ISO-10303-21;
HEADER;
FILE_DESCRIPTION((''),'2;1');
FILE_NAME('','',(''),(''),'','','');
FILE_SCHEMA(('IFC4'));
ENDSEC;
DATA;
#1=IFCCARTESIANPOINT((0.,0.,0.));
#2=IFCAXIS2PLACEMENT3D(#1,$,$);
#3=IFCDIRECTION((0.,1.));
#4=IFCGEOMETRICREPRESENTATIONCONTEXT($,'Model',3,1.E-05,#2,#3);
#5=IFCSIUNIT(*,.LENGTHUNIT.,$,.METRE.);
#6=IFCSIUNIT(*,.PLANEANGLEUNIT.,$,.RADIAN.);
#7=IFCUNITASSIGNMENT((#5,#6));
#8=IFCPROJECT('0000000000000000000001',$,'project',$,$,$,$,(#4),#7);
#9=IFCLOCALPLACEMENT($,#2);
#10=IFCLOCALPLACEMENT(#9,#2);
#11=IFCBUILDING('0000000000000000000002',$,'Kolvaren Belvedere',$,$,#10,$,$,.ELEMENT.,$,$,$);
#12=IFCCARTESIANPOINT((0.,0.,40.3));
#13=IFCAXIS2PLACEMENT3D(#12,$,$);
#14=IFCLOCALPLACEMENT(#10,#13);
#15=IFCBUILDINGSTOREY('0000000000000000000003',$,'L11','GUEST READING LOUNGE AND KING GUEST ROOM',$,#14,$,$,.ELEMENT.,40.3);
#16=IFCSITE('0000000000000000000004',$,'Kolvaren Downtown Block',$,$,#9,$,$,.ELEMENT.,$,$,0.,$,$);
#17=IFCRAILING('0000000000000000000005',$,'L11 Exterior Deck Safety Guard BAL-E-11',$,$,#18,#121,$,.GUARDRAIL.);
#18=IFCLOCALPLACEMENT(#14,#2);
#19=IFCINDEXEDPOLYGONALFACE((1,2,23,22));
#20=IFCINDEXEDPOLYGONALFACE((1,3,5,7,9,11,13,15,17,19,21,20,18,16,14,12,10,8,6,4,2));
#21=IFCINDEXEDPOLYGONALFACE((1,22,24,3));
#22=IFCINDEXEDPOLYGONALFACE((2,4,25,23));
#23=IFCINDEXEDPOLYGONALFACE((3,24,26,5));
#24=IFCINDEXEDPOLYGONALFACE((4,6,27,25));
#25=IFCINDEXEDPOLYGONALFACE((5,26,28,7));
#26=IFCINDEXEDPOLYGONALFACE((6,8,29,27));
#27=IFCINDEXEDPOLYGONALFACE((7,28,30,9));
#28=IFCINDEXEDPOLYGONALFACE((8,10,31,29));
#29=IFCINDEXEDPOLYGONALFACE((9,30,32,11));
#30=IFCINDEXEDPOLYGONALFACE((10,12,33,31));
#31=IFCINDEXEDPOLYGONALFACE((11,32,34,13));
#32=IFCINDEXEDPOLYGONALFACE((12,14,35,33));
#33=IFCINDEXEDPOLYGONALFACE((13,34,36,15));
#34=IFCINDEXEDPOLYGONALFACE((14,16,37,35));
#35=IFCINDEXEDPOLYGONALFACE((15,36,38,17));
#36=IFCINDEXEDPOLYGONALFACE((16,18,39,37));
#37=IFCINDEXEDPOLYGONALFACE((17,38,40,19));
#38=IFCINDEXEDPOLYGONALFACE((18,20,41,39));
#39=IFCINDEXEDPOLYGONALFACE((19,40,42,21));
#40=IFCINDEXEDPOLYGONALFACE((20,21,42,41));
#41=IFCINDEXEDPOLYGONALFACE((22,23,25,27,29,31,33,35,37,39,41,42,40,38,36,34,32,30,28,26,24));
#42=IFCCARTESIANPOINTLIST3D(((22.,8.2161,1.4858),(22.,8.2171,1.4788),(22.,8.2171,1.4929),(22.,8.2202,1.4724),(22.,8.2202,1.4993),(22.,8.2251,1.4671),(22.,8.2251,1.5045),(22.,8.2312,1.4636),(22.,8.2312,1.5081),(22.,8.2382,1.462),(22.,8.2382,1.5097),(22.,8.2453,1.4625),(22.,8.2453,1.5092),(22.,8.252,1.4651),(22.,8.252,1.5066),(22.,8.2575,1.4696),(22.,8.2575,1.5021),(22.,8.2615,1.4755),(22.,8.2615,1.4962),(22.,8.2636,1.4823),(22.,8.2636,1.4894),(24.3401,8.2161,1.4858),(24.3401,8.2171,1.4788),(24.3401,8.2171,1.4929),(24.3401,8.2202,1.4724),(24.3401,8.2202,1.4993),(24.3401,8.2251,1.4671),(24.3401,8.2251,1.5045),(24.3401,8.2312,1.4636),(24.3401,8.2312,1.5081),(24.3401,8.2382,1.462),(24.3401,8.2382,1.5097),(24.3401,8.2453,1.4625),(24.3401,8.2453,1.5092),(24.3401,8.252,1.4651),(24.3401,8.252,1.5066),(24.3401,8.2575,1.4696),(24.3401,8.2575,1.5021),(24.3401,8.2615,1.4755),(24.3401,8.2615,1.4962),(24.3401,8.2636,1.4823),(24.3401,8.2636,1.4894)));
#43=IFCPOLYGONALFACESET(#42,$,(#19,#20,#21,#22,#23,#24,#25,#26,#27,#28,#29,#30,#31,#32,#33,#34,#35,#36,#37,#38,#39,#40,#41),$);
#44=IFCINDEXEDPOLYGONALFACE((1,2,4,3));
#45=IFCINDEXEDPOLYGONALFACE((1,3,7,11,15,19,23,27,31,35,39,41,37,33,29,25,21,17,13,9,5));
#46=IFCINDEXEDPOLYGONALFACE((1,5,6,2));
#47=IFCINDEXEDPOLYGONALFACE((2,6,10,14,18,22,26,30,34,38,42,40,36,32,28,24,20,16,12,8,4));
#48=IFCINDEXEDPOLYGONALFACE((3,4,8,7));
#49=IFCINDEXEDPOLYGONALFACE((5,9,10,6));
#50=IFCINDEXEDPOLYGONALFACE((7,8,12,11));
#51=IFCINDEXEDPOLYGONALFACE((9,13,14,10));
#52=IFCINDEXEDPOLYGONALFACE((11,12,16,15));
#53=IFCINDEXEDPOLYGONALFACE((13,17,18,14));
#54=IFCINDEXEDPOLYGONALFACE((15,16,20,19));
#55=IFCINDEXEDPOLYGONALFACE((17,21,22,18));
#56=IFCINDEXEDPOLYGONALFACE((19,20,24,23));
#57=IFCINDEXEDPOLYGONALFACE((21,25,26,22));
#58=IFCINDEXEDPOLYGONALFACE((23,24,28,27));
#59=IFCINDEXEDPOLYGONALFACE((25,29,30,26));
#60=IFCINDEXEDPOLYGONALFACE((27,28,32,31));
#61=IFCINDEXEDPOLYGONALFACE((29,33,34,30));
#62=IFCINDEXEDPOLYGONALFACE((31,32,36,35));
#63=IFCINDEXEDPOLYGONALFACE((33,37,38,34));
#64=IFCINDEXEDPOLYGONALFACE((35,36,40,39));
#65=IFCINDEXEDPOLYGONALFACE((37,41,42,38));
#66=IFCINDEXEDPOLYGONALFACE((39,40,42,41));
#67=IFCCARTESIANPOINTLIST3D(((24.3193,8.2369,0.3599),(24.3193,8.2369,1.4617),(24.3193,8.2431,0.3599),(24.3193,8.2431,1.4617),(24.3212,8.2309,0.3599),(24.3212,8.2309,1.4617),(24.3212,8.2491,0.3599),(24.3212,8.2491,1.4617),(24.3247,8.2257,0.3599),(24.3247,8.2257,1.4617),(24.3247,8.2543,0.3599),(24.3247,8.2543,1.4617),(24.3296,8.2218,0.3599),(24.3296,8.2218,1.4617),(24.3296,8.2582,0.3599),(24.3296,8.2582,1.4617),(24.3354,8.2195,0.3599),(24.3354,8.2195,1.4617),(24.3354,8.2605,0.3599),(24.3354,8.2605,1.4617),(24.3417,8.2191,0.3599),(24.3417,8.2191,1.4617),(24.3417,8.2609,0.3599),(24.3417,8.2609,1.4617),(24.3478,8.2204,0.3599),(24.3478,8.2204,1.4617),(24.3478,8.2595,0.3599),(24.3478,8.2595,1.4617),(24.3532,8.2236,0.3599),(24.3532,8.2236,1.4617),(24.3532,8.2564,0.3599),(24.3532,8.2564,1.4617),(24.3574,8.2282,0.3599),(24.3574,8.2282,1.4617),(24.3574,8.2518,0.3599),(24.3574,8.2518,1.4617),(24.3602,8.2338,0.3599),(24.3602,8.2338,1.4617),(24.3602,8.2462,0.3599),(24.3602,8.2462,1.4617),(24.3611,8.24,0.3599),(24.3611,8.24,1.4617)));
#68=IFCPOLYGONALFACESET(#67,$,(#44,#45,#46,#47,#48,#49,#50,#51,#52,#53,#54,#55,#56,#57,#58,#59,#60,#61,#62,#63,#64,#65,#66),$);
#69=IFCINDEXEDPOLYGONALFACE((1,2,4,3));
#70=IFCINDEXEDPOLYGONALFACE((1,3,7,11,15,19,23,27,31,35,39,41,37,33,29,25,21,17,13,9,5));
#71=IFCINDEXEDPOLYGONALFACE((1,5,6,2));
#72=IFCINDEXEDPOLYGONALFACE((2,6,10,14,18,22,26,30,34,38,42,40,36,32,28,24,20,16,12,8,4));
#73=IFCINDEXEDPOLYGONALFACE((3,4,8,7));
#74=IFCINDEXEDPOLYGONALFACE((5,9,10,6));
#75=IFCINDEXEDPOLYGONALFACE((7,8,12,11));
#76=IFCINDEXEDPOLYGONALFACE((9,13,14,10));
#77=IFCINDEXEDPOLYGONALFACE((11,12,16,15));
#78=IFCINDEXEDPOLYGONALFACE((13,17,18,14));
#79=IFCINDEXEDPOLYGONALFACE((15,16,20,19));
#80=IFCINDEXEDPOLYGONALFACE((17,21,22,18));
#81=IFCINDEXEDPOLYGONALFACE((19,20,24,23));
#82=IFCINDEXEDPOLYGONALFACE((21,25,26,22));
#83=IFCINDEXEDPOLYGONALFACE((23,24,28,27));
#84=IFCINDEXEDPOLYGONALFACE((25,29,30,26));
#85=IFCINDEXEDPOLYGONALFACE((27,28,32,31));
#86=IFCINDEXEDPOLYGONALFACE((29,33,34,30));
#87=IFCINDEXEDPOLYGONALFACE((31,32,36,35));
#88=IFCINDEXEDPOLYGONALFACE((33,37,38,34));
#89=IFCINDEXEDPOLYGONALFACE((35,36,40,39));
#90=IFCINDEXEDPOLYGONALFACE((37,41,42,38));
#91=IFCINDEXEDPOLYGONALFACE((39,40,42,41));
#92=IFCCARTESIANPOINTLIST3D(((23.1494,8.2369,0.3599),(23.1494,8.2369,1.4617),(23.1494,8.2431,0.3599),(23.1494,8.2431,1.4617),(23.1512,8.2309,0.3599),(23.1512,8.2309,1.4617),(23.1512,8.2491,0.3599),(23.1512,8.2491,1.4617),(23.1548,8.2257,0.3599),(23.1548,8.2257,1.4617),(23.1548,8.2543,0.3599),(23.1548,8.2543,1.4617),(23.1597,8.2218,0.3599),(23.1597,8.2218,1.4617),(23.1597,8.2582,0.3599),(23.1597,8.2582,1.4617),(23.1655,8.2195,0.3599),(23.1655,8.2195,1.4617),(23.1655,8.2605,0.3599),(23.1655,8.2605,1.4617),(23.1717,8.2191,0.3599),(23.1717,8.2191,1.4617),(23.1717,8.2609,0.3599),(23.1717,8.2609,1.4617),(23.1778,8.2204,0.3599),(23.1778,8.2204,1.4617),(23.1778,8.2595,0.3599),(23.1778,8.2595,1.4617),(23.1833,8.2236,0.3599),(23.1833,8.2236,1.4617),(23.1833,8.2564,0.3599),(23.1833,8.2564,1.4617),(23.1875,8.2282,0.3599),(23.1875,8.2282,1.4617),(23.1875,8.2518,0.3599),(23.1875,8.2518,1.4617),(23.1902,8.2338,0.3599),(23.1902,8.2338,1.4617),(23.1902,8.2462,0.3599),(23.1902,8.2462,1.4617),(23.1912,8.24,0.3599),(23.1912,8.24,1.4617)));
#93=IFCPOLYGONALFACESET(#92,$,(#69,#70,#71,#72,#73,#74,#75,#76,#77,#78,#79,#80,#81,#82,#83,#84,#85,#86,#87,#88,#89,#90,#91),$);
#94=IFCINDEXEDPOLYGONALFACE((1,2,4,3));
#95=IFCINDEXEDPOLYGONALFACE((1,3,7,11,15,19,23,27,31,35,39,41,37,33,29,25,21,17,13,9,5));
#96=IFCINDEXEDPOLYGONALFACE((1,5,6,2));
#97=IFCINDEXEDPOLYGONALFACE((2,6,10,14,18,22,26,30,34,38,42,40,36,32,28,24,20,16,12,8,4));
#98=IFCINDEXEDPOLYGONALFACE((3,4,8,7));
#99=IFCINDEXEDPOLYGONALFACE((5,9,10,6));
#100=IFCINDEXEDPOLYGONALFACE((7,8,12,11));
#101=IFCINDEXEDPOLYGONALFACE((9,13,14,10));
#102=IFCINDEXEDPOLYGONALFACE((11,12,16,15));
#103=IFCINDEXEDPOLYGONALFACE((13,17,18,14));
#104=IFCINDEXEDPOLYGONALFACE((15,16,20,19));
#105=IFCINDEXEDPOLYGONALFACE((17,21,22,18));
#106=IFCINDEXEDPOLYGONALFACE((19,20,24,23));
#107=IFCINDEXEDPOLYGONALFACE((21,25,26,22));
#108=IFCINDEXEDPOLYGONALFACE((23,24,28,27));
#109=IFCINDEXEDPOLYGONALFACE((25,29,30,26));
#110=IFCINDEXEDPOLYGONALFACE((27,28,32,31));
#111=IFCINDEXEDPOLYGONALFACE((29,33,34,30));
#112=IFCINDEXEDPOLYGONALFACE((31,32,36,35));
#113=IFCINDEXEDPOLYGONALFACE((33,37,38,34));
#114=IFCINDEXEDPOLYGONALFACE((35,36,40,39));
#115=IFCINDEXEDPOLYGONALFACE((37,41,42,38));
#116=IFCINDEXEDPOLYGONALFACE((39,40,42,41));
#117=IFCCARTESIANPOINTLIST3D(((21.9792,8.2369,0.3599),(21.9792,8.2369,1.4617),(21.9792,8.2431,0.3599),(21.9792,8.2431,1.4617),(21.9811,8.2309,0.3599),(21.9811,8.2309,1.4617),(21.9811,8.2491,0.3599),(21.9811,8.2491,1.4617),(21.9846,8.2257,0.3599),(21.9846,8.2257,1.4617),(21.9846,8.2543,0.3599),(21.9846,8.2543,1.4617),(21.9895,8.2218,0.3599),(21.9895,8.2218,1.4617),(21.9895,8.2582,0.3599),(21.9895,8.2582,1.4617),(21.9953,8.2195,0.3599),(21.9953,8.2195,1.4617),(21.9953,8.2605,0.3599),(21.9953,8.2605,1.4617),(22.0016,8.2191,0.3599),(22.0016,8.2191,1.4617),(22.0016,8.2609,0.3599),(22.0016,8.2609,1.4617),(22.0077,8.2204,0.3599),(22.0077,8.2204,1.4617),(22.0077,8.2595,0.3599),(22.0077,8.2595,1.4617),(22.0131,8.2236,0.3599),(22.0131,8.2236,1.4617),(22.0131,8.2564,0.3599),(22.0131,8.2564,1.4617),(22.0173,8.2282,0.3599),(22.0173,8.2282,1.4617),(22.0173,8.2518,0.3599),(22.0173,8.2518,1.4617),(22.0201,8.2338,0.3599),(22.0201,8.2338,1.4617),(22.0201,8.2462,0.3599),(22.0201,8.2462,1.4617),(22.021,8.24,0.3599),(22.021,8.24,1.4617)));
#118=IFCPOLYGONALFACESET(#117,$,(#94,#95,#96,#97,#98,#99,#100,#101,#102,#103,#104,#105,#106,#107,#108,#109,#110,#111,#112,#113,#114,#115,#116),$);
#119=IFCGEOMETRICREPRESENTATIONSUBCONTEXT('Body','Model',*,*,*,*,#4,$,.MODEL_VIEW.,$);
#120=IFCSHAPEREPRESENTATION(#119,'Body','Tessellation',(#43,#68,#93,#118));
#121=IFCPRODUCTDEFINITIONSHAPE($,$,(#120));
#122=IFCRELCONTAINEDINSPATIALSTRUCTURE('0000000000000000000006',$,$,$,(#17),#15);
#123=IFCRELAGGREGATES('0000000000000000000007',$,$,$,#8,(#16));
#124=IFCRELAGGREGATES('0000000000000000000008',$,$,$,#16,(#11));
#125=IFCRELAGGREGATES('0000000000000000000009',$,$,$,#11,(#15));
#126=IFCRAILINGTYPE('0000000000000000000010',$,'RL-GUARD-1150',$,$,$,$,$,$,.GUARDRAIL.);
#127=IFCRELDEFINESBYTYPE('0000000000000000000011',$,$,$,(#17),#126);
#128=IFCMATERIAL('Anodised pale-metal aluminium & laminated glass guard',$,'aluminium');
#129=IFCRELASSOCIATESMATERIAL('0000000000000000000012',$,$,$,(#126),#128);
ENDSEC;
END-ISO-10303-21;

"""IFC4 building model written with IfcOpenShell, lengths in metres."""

from ifc_helpers import new_model, si_unit, direction, frame, origin, origin_2d, place, context, subcontext, project, spatial, circle, extrude, material, type_object, element, save


model = new_model("IFC4")

# Units and contexts
model_context = context("Model", 3, precision=1e-05, world=origin(), true_north=direction((0.0, 1.0)))
body_context = subcontext(model_context, "Body", "Model", "MODEL_VIEW")
ifc_project = project(units=[si_unit("LENGTHUNIT", "METRE"), si_unit("PLANEANGLEUNIT", "RADIAN")], contexts=[model_context])

# Site, building, storey
site_placement = place(None, origin())
site = spatial("IfcSite", under=ifc_project, at=site_placement, Name="Kolvaren Downtown Block", CompositionType="ELEMENT", RefElevation=0.0)
building_placement = place(site_placement, origin())
building = spatial("IfcBuilding", under=site, at=building_placement, Name="Kolvaren Belvedere", CompositionType="ELEMENT")
storey_placement = place(building_placement, frame((0.0, 0.0, 40.3)))
storey = spatial("IfcBuildingStorey", under=building, at=storey_placement, Name="L11", Description="GUEST READING LOUNGE AND KING GUEST ROOM", CompositionType="ELEMENT", Elevation=40.3)

# Railing
ifc_material_1 = material(Name="Anodised pale-metal aluminium & laminated glass guard", Category="aluminium")
railing_type = type_object("IfcRailingType", Name="RL-GUARD-1150", PredefinedType="GUARDRAIL", material=ifc_material_1)
railing_1_placement = place(storey_placement, frame((24.3401, 8.24, 0.3599)))
element("IfcRailing", 1, at=railing_1_placement, inside=storey, type_object=railing_type, Name="L11 Exterior Deck Safety Guard BAL-E-11", PredefinedType="GUARDRAIL", context=body_context, shape_type="SweptSolid", body=[
    extrude(circle(Radius=0.0239, at=origin_2d()), frame((0.0, 0.0, 1.126), z_axis=(-1.0, 0.0, 0.0), x_axis=(0.0, -1.0, 0.0)), (0.0, 0.0, 1.0), 2.3401),
    extrude(circle(Radius=0.021, at=origin_2d()), origin(), (0.0, 0.0, 1.0), 1.1018),
    extrude(circle(Radius=0.021, at=origin_2d()), frame((-1.1699, 0.0, 0.0)), (0.0, 0.0, 1.0), 1.1018),
    extrude(circle(Radius=0.021, at=origin_2d()), frame((-2.3401, 0.0, 0.0)), (0.0, 0.0, 1.0), 1.1018),
])

save(model, "model.ifc")
